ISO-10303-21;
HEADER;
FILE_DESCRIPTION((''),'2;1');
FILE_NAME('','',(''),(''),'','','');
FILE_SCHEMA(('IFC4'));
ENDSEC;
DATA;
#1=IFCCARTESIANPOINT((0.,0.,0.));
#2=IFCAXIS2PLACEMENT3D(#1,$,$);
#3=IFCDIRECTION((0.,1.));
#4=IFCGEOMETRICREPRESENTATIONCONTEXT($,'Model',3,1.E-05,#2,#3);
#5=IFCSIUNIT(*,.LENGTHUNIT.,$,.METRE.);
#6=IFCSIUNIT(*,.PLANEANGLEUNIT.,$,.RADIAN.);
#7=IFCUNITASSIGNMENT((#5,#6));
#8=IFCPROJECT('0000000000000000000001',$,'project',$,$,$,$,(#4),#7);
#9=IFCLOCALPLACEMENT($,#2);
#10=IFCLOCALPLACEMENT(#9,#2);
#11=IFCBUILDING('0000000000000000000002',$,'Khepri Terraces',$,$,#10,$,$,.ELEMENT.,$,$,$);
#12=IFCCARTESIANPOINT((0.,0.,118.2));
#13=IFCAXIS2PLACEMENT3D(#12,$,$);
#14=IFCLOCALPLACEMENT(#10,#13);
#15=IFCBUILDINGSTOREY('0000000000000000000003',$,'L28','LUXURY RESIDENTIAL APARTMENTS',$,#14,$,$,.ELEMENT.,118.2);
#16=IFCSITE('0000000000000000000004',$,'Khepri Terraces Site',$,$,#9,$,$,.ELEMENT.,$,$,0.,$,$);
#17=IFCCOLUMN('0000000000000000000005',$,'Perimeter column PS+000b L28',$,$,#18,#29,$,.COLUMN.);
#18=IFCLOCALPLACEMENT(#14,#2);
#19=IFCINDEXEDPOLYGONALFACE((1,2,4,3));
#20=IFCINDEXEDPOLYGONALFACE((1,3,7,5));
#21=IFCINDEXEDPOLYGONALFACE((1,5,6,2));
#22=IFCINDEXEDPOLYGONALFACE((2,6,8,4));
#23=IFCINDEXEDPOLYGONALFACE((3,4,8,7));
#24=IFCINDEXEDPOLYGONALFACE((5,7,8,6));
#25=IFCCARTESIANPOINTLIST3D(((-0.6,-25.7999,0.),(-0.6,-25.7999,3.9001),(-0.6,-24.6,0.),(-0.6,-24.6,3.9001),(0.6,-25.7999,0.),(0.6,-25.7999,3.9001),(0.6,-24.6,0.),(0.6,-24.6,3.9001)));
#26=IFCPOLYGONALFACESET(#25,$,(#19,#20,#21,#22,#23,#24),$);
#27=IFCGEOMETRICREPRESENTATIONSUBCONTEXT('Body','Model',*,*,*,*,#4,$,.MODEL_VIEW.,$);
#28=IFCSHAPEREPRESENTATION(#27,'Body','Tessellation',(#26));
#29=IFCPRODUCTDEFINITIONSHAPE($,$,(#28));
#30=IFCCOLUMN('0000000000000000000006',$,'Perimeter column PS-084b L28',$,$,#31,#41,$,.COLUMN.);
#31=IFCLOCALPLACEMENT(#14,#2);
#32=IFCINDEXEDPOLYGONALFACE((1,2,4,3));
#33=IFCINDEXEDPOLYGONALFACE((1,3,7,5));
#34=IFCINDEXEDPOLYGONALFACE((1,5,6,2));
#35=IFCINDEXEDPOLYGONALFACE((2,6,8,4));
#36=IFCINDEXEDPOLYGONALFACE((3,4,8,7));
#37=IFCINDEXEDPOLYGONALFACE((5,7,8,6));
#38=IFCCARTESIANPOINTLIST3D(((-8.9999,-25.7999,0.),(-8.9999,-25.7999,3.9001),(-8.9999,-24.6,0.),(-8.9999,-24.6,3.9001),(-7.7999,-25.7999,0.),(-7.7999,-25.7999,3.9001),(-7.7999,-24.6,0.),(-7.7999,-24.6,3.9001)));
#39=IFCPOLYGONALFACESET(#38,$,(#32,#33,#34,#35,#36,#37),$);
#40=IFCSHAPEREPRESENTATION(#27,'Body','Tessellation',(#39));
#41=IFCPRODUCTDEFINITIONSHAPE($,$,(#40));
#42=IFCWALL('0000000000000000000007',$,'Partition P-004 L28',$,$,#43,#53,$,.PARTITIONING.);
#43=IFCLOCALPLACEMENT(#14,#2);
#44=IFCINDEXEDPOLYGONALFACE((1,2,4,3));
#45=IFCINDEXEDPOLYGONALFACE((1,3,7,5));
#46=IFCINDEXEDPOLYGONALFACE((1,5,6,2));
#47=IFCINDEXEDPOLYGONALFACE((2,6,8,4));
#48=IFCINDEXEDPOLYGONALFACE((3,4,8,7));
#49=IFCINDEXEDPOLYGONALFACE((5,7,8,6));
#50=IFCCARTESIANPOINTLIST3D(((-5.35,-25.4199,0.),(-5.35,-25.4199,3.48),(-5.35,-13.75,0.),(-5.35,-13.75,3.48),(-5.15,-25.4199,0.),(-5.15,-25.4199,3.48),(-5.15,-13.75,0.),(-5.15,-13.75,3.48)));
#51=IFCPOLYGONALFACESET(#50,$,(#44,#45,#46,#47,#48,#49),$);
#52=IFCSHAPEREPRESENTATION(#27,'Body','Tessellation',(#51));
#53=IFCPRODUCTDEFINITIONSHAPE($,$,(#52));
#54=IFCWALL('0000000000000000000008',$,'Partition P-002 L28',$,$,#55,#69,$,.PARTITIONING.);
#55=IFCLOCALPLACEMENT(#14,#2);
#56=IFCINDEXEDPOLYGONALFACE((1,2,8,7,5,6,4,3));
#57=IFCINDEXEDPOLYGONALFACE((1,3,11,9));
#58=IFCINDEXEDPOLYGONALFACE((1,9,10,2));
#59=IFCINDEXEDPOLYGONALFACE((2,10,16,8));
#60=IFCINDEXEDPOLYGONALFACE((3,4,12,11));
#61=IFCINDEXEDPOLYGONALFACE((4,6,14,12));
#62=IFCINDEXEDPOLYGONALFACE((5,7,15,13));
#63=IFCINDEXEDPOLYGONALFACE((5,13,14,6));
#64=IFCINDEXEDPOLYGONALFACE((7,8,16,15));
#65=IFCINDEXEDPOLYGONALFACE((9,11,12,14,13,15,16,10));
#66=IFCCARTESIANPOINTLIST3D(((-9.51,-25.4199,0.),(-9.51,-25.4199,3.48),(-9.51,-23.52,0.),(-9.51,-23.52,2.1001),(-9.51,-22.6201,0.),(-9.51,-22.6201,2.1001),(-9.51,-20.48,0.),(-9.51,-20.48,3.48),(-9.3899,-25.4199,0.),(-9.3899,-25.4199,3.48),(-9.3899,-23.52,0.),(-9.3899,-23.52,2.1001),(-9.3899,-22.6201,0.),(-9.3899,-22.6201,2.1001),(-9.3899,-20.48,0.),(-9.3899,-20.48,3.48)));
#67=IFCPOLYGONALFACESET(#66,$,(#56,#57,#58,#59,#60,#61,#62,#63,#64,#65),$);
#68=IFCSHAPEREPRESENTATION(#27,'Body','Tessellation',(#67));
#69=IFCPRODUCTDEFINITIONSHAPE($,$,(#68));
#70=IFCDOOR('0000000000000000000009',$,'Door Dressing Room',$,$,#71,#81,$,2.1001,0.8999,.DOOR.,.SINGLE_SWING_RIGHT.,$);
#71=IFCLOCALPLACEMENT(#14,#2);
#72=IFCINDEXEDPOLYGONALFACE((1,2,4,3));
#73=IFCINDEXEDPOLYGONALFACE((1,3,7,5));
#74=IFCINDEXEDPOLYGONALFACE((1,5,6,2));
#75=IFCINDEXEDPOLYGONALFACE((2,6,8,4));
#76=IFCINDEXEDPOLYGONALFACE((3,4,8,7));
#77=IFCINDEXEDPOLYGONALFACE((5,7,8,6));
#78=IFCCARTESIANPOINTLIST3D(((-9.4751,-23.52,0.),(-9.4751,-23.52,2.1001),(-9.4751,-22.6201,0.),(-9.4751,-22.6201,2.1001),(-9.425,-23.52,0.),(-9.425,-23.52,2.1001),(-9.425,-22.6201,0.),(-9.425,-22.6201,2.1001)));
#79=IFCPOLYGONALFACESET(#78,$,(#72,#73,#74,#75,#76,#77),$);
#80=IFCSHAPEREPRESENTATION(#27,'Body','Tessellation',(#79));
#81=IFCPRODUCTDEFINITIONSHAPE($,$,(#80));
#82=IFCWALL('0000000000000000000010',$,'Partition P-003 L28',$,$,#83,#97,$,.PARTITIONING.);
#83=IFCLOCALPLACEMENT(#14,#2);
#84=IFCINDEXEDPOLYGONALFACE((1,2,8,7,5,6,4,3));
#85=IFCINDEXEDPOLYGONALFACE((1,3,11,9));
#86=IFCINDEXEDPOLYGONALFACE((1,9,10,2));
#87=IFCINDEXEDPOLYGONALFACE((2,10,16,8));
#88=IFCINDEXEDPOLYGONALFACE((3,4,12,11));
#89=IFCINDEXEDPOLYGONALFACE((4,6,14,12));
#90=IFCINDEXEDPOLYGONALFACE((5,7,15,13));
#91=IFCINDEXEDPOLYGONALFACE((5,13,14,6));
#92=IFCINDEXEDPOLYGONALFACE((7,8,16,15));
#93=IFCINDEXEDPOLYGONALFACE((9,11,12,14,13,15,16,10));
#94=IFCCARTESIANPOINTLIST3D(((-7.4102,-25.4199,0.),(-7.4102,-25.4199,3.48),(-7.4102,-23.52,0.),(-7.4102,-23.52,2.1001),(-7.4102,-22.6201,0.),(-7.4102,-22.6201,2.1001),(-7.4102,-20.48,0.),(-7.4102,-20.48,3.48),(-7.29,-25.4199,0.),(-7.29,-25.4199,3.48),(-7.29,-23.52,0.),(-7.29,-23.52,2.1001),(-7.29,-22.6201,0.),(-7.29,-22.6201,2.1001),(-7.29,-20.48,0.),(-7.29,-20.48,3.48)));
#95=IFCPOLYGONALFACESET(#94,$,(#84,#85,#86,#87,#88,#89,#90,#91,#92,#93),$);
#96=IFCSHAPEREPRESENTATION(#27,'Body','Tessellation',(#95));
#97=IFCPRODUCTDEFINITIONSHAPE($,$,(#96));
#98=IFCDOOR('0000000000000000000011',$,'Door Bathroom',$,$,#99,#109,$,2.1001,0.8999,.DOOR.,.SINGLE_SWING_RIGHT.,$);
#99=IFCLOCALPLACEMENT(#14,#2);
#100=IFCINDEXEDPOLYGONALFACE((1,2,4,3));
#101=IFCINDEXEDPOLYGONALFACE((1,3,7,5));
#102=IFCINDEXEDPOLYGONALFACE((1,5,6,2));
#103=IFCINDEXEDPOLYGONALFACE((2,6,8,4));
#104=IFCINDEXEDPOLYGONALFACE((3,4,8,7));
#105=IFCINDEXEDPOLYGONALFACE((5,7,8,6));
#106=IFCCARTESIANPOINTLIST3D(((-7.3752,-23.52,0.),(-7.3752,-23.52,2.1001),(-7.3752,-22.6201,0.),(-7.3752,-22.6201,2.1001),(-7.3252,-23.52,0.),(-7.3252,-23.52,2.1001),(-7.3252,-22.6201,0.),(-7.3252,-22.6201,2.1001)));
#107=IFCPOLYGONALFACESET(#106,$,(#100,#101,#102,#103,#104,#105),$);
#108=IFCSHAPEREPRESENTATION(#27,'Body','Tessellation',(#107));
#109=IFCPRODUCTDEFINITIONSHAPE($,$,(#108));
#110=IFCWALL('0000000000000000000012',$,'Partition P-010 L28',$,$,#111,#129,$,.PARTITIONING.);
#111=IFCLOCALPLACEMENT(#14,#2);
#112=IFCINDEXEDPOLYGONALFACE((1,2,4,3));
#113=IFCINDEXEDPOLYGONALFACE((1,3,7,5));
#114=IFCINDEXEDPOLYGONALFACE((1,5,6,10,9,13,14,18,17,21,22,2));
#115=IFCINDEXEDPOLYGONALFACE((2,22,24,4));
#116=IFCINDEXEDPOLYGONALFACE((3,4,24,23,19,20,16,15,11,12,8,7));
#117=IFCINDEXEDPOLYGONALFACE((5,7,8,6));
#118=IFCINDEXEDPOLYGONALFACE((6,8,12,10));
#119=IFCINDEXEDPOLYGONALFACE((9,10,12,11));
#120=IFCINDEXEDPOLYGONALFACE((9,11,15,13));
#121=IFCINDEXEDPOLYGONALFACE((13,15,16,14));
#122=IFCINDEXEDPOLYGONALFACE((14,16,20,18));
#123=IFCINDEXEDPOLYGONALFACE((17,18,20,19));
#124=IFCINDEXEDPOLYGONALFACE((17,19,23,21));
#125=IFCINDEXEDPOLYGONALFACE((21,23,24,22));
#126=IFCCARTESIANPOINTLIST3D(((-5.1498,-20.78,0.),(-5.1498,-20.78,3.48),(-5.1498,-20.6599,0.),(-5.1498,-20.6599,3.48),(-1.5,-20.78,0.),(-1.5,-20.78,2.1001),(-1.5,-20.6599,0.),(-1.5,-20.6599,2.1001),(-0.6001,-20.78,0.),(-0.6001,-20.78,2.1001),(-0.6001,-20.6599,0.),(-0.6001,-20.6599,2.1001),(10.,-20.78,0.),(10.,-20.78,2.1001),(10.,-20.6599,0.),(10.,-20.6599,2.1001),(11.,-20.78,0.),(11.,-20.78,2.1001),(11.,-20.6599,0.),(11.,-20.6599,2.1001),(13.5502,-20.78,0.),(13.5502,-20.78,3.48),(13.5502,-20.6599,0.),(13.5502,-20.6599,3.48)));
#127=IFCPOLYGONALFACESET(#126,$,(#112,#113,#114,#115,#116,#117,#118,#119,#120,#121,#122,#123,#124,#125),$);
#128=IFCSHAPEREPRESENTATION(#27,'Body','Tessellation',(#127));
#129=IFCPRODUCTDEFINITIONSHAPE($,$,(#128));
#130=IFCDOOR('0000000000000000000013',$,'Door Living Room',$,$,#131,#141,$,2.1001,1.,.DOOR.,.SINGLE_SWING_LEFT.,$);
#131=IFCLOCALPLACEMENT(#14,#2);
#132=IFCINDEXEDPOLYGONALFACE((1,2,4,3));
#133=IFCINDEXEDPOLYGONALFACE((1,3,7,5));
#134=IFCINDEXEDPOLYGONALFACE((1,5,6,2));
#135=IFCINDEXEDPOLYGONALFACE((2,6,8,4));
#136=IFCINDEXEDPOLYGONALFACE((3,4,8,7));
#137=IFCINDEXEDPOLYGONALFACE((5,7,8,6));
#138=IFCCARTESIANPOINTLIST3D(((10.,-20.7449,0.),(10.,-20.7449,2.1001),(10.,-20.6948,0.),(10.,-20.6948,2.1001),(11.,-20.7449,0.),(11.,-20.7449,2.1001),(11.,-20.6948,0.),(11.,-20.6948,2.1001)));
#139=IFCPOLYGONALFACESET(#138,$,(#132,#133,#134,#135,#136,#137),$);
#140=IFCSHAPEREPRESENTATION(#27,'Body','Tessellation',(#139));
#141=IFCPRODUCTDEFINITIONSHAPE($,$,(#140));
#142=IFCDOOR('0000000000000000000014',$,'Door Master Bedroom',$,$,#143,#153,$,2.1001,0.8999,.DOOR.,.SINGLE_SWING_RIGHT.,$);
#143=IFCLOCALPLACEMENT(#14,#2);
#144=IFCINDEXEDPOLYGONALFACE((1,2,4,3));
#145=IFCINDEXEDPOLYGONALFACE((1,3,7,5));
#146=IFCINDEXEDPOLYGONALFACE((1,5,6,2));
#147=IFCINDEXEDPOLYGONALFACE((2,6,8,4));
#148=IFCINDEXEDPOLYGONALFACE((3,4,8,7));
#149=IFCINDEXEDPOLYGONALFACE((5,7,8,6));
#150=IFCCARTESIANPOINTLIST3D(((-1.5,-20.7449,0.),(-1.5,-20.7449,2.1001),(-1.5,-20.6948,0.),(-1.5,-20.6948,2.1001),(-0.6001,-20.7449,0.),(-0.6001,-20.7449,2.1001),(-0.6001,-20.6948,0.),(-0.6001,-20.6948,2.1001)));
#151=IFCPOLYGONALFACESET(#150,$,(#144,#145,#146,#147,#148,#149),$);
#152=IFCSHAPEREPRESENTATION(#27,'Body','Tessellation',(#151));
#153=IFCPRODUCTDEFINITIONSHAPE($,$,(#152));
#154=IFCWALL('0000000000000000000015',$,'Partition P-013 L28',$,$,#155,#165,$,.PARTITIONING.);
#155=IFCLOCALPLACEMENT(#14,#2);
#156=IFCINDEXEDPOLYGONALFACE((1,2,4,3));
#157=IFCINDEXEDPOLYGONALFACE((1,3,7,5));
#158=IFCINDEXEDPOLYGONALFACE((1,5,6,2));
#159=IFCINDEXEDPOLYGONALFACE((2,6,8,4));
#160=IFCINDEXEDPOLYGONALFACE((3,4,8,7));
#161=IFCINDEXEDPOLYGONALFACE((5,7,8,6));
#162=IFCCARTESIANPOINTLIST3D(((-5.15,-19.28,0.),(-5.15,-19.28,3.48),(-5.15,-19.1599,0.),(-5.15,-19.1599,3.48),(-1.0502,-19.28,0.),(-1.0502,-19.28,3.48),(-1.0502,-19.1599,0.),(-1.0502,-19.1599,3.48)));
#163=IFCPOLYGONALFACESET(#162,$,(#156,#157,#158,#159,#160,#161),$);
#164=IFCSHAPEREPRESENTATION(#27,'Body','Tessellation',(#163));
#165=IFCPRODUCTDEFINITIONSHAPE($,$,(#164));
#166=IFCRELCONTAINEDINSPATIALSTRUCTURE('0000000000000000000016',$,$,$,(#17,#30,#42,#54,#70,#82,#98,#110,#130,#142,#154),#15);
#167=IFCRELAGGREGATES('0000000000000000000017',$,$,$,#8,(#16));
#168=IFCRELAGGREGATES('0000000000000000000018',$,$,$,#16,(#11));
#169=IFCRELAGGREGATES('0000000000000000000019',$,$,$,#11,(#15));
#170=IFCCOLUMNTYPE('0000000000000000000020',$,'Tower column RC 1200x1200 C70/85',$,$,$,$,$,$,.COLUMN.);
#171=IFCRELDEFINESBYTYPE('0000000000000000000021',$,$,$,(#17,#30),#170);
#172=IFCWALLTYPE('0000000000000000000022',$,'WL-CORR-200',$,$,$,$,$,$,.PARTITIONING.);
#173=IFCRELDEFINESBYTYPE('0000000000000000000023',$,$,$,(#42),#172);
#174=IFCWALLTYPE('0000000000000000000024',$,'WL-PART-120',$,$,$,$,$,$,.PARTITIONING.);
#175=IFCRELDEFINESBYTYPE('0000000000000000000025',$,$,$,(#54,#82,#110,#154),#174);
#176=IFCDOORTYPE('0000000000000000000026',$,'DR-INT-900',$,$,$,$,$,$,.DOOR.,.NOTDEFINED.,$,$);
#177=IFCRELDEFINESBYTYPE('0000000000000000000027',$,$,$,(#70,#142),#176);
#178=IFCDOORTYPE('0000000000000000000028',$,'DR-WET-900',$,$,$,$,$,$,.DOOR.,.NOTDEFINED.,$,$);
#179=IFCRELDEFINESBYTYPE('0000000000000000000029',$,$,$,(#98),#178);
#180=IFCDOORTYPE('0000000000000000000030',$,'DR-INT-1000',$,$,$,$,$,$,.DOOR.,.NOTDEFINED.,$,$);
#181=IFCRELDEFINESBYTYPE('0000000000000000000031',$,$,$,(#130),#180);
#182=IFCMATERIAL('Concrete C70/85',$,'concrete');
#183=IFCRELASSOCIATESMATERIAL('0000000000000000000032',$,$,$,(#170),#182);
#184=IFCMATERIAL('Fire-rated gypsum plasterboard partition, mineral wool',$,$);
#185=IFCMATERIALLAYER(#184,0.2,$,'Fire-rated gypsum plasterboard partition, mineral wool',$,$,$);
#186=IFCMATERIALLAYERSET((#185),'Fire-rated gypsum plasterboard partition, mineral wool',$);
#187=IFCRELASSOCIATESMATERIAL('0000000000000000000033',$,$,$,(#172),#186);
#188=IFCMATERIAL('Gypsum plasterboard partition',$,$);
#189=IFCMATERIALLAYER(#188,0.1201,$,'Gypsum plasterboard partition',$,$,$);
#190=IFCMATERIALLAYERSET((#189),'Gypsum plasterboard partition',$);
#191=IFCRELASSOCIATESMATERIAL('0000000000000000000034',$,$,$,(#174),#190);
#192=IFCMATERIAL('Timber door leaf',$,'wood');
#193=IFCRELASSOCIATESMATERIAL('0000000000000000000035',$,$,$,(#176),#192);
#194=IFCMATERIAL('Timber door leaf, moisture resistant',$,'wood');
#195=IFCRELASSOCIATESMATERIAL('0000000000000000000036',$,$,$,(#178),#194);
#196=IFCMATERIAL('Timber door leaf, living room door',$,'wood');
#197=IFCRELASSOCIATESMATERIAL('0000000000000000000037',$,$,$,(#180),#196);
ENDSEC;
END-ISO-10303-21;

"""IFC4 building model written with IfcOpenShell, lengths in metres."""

from ifc_helpers import new_model, si_unit, direction, frame, frame_2d, origin, origin_2d, place, context, subcontext, project, spatial, rectangle, extrude, material, layer, layer_set, material_profile, profile_set, type_object, element, fill, save


model = new_model("IFC4")

# Units and contexts
model_context = context("Model", 3, precision=1e-05, world=origin(), true_north=direction((0.0, 1.0)))
body_context = subcontext(model_context, "Body", "Model", "MODEL_VIEW")
ifc_project = project(units=[si_unit("LENGTHUNIT", "METRE"), si_unit("PLANEANGLEUNIT", "RADIAN")], contexts=[model_context])

# Site, building, storey
site_placement = place(None, origin())
site = spatial("IfcSite", under=ifc_project, at=site_placement, Name="Khepri Terraces Site", CompositionType="ELEMENT", RefElevation=0.0)
building_placement = place(site_placement, origin())
building = spatial("IfcBuilding", under=site, at=building_placement, Name="Khepri Terraces", CompositionType="ELEMENT")
storey_placement = place(building_placement, frame((0.0, 0.0, 118.2)))
storey = spatial("IfcBuildingStorey", under=building, at=storey_placement, Name="L28", Description="LUXURY RESIDENTIAL APARTMENTS", CompositionType="ELEMENT", Elevation=118.2)

# Columns
ifc_material_1 = material(Name="Concrete C70/85", Category="concrete")
ifc_material_profile = material_profile(ifc_material_1, rectangle(XDim=1.2, YDim=1.2, at=origin_2d()), Name="Concrete C70/85", Category="concrete")
ifc_profile_set = profile_set([ifc_material_profile], Name="Concrete C70/85")
column_type = type_object("IfcColumnType", Name="Tower column RC 1200x1200 C70/85", PredefinedType="COLUMN", material=ifc_profile_set)
for number, where, z_axis, x_axis, name in (
    (1, (0.0, -25.2, 0.0), (0.0, 0.0, 1.0), (1.0, 0.0, 0.0), "Perimeter column PS+000b L28"),
    (2, (-8.3999, -25.2, 0.0), (0.0, 0.0, 1.0), (1.0, 0.0, 0.0), "Perimeter column PS-084b L28"),
):
    element("IfcColumn", number, at=place(storey_placement, frame(where, z_axis=z_axis, x_axis=x_axis)), inside=storey, type_object=column_type, Name=name, PredefinedType="COLUMN", context=body_context, shape_type="SweptSolid", body=[
        extrude(rectangle(XDim=1.2, YDim=1.2, at=origin_2d()), origin(), (0.0, 0.0, 1.0), 3.9001),
    ])

# Wall
ifc_material_2 = material(Name="Fire-rated gypsum plasterboard partition, mineral wool")
ifc_layer_1 = layer(ifc_material_2, 0.2, Name="Fire-rated gypsum plasterboard partition, mineral wool")
ifc_layer_set_1 = layer_set([ifc_layer_1], Name="Fire-rated gypsum plasterboard partition, mineral wool")
wall_type_1 = type_object("IfcWallType", Name="WL-CORR-200", PredefinedType="PARTITIONING", material=ifc_layer_set_1)
wall_1_placement = place(storey_placement, frame((-5.25, -25.4199, 0.0), z_axis=(0.0, 0.0, 1.0), x_axis=(0.0, 1.0, 0.0)))
element("IfcWall", 3, at=wall_1_placement, inside=storey, type_object=wall_type_1, Name="Partition P-004 L28", PredefinedType="PARTITIONING", context=body_context, shape_type="SweptSolid", body=[
    extrude(rectangle(XDim=11.6699, YDim=0.2, at=frame_2d((5.835, 0.0))), origin(), (0.0, 0.0, 1.0), 3.48),
])

# Walls, openings, doors
ifc_material_3 = material(Name="Gypsum plasterboard partition")
ifc_layer_2 = layer(ifc_material_3, 0.1201, Name="Gypsum plasterboard partition")
ifc_layer_set_2 = layer_set([ifc_layer_2], Name="Gypsum plasterboard partition")
wall_type_2 = type_object("IfcWallType", Name="WL-PART-120", PredefinedType="PARTITIONING", material=ifc_layer_set_2)
wall_2_placement = place(storey_placement, frame((-9.45, -25.4199, 0.0), z_axis=(0.0, 0.0, 1.0), x_axis=(0.0, 1.0, 0.0)))
wall_2 = element("IfcWall", 4, at=wall_2_placement, inside=storey, type_object=wall_type_2, Name="Partition P-002 L28", PredefinedType="PARTITIONING", context=body_context, shape_type="SweptSolid", body=[
    extrude(rectangle(XDim=4.9399, YDim=0.1201, at=frame_2d((2.47, 0.0))), origin(), (0.0, 0.0, 1.0), 3.48),
])
opening_1_placement = place(wall_2_placement, frame((1.8999, 0.0, 0.0)))
opening_1 = element("IfcOpeningElement", 5, at=opening_1_placement, cuts=wall_2, PredefinedType="OPENING", context=body_context, shape_type="SweptSolid", body=[
    extrude(rectangle(XDim=0.8999, YDim=2.1001, at=frame_2d((0.45, 1.05))), frame((0.0, 0.0701, 0.0), z_axis=(0.0, -1.0, 0.0), x_axis=(1.0, 0.0, 0.0)), (0.0, 0.0, 1.0), 0.1401),
])
ifc_material_4 = material(Name="Timber door leaf", Category="wood")
door_type_1 = type_object("IfcDoorType", Name="DR-INT-900", OperationType="NOTDEFINED", PredefinedType="DOOR", material=ifc_material_4)
door_1_placement = place(opening_1_placement, frame((0.8999, 0.0, 0.0), z_axis=(0.0, 0.0, 1.0), x_axis=(-1.0, 0.0, 0.0)))
door_1 = element("IfcDoor", 6, at=door_1_placement, inside=storey, type_object=door_type_1, Name="Door Dressing Room", OperationType="SINGLE_SWING_RIGHT", OverallHeight=2.1001, OverallWidth=0.8999, PredefinedType="DOOR", context=body_context, shape_type="SweptSolid", body=[
    extrude(rectangle(XDim=0.8999, YDim=2.1001, at=frame_2d((0.45, 1.05))), frame((0.0, 0.0249, 0.0), z_axis=(0.0, -1.0, 0.0), x_axis=(1.0, 0.0, 0.0)), (0.0, 0.0, 1.0), 0.05),
])
fill(opening_1, door_1)
wall_3_placement = place(storey_placement, frame((-7.3501, -25.4199, 0.0), z_axis=(0.0, 0.0, 1.0), x_axis=(0.0, 1.0, 0.0)))
wall_3 = element("IfcWall", 7, at=wall_3_placement, inside=storey, type_object=wall_type_2, Name="Partition P-003 L28", PredefinedType="PARTITIONING", context=body_context, shape_type="SweptSolid", body=[
    extrude(rectangle(XDim=4.9399, YDim=0.1201, at=frame_2d((2.47, 0.0))), origin(), (0.0, 0.0, 1.0), 3.48),
])
opening_2_placement = place(wall_3_placement, frame((1.8999, 0.0, 0.0)))
opening_2 = element("IfcOpeningElement", 8, at=opening_2_placement, cuts=wall_3, PredefinedType="OPENING", context=body_context, shape_type="SweptSolid", body=[
    extrude(rectangle(XDim=0.8999, YDim=2.1001, at=frame_2d((0.45, 1.05))), frame((0.0, 0.0701, 0.0), z_axis=(0.0, -1.0, 0.0), x_axis=(1.0, 0.0, 0.0)), (0.0, 0.0, 1.0), 0.1401),
])
ifc_material_5 = material(Name="Timber door leaf, moisture resistant", Category="wood")
door_type_2 = type_object("IfcDoorType", Name="DR-WET-900", OperationType="NOTDEFINED", PredefinedType="DOOR", material=ifc_material_5)
door_2_placement = place(opening_2_placement, frame((0.8999, 0.0, 0.0), z_axis=(0.0, 0.0, 1.0), x_axis=(-1.0, 0.0, 0.0)))
door_2 = element("IfcDoor", 9, at=door_2_placement, inside=storey, type_object=door_type_2, Name="Door Bathroom", OperationType="SINGLE_SWING_RIGHT", OverallHeight=2.1001, OverallWidth=0.8999, PredefinedType="DOOR", context=body_context, shape_type="SweptSolid", body=[
    extrude(rectangle(XDim=0.8999, YDim=2.1001, at=frame_2d((0.45, 1.05))), frame((0.0, 0.0249, 0.0), z_axis=(0.0, -1.0, 0.0), x_axis=(1.0, 0.0, 0.0)), (0.0, 0.0, 1.0), 0.05),
])
fill(opening_2, door_2)

# Wall, openings, doors
wall_4_placement = place(storey_placement, frame((-5.1499, -20.72, 0.0), z_axis=(0.0, 0.0, 1.0), x_axis=(1.0, 0.0, 0.0)))
wall_4 = element("IfcWall", 10, at=wall_4_placement, inside=storey, type_object=wall_type_2, Name="Partition P-010 L28", PredefinedType="PARTITIONING", context=body_context, shape_type="SweptSolid", body=[
    extrude(rectangle(XDim=18.7, YDim=0.1201, at=frame_2d((9.3501, 0.0))), origin(), (0.0, 0.0, 1.0), 3.48),
])
opening_3_placement = place(wall_4_placement, frame((3.6499, 0.0, 0.0)))
opening_3 = element("IfcOpeningElement", 11, at=opening_3_placement, cuts=wall_4, PredefinedType="OPENING", context=body_context, shape_type="SweptSolid", body=[
    extrude(rectangle(XDim=0.8999, YDim=2.1001, at=frame_2d((0.45, 1.05))), frame((0.0, 0.0701, 0.0), z_axis=(0.0, -1.0, 0.0), x_axis=(1.0, 0.0, 0.0)), (0.0, 0.0, 1.0), 0.1401),
])
opening_4_placement = place(wall_4_placement, frame((15.1499, 0.0, 0.0)))
opening_4 = element("IfcOpeningElement", 12, at=opening_4_placement, cuts=wall_4, PredefinedType="OPENING", context=body_context, shape_type="SweptSolid", body=[
    extrude(rectangle(XDim=1.0, YDim=2.1001, at=frame_2d((0.5, 1.05))), frame((0.0, 0.0701, 0.0), z_axis=(0.0, -1.0, 0.0), x_axis=(1.0, 0.0, 0.0)), (0.0, 0.0, 1.0), 0.1401),
])
ifc_material_6 = material(Name="Timber door leaf, living room door", Category="wood")
door_type_3 = type_object("IfcDoorType", Name="DR-INT-1000", OperationType="NOTDEFINED", PredefinedType="DOOR", material=ifc_material_6)
door_3_placement = place(opening_4_placement, frame((1.0, 0.0, 0.0), z_axis=(0.0, 0.0, 1.0), x_axis=(-1.0, 0.0, 0.0)))
door_3 = element("IfcDoor", 13, at=door_3_placement, inside=storey, type_object=door_type_3, Name="Door Living Room", OperationType="SINGLE_SWING_LEFT", OverallHeight=2.1001, OverallWidth=1.0, PredefinedType="DOOR", context=body_context, shape_type="SweptSolid", body=[
    extrude(rectangle(XDim=1.0, YDim=2.1001, at=frame_2d((0.5, 1.05))), frame((0.0, 0.0249, 0.0), z_axis=(0.0, -1.0, 0.0), x_axis=(1.0, 0.0, 0.0)), (0.0, 0.0, 1.0), 0.05),
])
fill(opening_4, door_3)
door_4_placement = place(opening_3_placement, frame((0.8999, 0.0, 0.0), z_axis=(0.0, 0.0, 1.0), x_axis=(-1.0, 0.0, 0.0)))
door_4 = element("IfcDoor", 14, at=door_4_placement, inside=storey, type_object=door_type_1, Name="Door Master Bedroom", OperationType="SINGLE_SWING_RIGHT", OverallHeight=2.1001, OverallWidth=0.8999, PredefinedType="DOOR", context=body_context, shape_type="SweptSolid", body=[
    extrude(rectangle(XDim=0.8999, YDim=2.1001, at=frame_2d((0.45, 1.05))), frame((0.0, 0.0249, 0.0), z_axis=(0.0, -1.0, 0.0), x_axis=(1.0, 0.0, 0.0)), (0.0, 0.0, 1.0), 0.05),
])
fill(opening_3, door_4)

# Wall
wall_5_placement = place(storey_placement, frame((-5.1499, -19.22, 0.0), z_axis=(0.0, 0.0, 1.0), x_axis=(1.0, 0.0, 0.0)))
element("IfcWall", 15, at=wall_5_placement, inside=storey, type_object=wall_type_2, Name="Partition P-013 L28", PredefinedType="PARTITIONING", context=body_context, shape_type="SweptSolid", body=[
    extrude(rectangle(XDim=4.0999, YDim=0.1201, at=frame_2d((2.0498, 0.0))), origin(), (0.0, 0.0, 1.0), 3.48),
])

save(model, "model.ifc")
